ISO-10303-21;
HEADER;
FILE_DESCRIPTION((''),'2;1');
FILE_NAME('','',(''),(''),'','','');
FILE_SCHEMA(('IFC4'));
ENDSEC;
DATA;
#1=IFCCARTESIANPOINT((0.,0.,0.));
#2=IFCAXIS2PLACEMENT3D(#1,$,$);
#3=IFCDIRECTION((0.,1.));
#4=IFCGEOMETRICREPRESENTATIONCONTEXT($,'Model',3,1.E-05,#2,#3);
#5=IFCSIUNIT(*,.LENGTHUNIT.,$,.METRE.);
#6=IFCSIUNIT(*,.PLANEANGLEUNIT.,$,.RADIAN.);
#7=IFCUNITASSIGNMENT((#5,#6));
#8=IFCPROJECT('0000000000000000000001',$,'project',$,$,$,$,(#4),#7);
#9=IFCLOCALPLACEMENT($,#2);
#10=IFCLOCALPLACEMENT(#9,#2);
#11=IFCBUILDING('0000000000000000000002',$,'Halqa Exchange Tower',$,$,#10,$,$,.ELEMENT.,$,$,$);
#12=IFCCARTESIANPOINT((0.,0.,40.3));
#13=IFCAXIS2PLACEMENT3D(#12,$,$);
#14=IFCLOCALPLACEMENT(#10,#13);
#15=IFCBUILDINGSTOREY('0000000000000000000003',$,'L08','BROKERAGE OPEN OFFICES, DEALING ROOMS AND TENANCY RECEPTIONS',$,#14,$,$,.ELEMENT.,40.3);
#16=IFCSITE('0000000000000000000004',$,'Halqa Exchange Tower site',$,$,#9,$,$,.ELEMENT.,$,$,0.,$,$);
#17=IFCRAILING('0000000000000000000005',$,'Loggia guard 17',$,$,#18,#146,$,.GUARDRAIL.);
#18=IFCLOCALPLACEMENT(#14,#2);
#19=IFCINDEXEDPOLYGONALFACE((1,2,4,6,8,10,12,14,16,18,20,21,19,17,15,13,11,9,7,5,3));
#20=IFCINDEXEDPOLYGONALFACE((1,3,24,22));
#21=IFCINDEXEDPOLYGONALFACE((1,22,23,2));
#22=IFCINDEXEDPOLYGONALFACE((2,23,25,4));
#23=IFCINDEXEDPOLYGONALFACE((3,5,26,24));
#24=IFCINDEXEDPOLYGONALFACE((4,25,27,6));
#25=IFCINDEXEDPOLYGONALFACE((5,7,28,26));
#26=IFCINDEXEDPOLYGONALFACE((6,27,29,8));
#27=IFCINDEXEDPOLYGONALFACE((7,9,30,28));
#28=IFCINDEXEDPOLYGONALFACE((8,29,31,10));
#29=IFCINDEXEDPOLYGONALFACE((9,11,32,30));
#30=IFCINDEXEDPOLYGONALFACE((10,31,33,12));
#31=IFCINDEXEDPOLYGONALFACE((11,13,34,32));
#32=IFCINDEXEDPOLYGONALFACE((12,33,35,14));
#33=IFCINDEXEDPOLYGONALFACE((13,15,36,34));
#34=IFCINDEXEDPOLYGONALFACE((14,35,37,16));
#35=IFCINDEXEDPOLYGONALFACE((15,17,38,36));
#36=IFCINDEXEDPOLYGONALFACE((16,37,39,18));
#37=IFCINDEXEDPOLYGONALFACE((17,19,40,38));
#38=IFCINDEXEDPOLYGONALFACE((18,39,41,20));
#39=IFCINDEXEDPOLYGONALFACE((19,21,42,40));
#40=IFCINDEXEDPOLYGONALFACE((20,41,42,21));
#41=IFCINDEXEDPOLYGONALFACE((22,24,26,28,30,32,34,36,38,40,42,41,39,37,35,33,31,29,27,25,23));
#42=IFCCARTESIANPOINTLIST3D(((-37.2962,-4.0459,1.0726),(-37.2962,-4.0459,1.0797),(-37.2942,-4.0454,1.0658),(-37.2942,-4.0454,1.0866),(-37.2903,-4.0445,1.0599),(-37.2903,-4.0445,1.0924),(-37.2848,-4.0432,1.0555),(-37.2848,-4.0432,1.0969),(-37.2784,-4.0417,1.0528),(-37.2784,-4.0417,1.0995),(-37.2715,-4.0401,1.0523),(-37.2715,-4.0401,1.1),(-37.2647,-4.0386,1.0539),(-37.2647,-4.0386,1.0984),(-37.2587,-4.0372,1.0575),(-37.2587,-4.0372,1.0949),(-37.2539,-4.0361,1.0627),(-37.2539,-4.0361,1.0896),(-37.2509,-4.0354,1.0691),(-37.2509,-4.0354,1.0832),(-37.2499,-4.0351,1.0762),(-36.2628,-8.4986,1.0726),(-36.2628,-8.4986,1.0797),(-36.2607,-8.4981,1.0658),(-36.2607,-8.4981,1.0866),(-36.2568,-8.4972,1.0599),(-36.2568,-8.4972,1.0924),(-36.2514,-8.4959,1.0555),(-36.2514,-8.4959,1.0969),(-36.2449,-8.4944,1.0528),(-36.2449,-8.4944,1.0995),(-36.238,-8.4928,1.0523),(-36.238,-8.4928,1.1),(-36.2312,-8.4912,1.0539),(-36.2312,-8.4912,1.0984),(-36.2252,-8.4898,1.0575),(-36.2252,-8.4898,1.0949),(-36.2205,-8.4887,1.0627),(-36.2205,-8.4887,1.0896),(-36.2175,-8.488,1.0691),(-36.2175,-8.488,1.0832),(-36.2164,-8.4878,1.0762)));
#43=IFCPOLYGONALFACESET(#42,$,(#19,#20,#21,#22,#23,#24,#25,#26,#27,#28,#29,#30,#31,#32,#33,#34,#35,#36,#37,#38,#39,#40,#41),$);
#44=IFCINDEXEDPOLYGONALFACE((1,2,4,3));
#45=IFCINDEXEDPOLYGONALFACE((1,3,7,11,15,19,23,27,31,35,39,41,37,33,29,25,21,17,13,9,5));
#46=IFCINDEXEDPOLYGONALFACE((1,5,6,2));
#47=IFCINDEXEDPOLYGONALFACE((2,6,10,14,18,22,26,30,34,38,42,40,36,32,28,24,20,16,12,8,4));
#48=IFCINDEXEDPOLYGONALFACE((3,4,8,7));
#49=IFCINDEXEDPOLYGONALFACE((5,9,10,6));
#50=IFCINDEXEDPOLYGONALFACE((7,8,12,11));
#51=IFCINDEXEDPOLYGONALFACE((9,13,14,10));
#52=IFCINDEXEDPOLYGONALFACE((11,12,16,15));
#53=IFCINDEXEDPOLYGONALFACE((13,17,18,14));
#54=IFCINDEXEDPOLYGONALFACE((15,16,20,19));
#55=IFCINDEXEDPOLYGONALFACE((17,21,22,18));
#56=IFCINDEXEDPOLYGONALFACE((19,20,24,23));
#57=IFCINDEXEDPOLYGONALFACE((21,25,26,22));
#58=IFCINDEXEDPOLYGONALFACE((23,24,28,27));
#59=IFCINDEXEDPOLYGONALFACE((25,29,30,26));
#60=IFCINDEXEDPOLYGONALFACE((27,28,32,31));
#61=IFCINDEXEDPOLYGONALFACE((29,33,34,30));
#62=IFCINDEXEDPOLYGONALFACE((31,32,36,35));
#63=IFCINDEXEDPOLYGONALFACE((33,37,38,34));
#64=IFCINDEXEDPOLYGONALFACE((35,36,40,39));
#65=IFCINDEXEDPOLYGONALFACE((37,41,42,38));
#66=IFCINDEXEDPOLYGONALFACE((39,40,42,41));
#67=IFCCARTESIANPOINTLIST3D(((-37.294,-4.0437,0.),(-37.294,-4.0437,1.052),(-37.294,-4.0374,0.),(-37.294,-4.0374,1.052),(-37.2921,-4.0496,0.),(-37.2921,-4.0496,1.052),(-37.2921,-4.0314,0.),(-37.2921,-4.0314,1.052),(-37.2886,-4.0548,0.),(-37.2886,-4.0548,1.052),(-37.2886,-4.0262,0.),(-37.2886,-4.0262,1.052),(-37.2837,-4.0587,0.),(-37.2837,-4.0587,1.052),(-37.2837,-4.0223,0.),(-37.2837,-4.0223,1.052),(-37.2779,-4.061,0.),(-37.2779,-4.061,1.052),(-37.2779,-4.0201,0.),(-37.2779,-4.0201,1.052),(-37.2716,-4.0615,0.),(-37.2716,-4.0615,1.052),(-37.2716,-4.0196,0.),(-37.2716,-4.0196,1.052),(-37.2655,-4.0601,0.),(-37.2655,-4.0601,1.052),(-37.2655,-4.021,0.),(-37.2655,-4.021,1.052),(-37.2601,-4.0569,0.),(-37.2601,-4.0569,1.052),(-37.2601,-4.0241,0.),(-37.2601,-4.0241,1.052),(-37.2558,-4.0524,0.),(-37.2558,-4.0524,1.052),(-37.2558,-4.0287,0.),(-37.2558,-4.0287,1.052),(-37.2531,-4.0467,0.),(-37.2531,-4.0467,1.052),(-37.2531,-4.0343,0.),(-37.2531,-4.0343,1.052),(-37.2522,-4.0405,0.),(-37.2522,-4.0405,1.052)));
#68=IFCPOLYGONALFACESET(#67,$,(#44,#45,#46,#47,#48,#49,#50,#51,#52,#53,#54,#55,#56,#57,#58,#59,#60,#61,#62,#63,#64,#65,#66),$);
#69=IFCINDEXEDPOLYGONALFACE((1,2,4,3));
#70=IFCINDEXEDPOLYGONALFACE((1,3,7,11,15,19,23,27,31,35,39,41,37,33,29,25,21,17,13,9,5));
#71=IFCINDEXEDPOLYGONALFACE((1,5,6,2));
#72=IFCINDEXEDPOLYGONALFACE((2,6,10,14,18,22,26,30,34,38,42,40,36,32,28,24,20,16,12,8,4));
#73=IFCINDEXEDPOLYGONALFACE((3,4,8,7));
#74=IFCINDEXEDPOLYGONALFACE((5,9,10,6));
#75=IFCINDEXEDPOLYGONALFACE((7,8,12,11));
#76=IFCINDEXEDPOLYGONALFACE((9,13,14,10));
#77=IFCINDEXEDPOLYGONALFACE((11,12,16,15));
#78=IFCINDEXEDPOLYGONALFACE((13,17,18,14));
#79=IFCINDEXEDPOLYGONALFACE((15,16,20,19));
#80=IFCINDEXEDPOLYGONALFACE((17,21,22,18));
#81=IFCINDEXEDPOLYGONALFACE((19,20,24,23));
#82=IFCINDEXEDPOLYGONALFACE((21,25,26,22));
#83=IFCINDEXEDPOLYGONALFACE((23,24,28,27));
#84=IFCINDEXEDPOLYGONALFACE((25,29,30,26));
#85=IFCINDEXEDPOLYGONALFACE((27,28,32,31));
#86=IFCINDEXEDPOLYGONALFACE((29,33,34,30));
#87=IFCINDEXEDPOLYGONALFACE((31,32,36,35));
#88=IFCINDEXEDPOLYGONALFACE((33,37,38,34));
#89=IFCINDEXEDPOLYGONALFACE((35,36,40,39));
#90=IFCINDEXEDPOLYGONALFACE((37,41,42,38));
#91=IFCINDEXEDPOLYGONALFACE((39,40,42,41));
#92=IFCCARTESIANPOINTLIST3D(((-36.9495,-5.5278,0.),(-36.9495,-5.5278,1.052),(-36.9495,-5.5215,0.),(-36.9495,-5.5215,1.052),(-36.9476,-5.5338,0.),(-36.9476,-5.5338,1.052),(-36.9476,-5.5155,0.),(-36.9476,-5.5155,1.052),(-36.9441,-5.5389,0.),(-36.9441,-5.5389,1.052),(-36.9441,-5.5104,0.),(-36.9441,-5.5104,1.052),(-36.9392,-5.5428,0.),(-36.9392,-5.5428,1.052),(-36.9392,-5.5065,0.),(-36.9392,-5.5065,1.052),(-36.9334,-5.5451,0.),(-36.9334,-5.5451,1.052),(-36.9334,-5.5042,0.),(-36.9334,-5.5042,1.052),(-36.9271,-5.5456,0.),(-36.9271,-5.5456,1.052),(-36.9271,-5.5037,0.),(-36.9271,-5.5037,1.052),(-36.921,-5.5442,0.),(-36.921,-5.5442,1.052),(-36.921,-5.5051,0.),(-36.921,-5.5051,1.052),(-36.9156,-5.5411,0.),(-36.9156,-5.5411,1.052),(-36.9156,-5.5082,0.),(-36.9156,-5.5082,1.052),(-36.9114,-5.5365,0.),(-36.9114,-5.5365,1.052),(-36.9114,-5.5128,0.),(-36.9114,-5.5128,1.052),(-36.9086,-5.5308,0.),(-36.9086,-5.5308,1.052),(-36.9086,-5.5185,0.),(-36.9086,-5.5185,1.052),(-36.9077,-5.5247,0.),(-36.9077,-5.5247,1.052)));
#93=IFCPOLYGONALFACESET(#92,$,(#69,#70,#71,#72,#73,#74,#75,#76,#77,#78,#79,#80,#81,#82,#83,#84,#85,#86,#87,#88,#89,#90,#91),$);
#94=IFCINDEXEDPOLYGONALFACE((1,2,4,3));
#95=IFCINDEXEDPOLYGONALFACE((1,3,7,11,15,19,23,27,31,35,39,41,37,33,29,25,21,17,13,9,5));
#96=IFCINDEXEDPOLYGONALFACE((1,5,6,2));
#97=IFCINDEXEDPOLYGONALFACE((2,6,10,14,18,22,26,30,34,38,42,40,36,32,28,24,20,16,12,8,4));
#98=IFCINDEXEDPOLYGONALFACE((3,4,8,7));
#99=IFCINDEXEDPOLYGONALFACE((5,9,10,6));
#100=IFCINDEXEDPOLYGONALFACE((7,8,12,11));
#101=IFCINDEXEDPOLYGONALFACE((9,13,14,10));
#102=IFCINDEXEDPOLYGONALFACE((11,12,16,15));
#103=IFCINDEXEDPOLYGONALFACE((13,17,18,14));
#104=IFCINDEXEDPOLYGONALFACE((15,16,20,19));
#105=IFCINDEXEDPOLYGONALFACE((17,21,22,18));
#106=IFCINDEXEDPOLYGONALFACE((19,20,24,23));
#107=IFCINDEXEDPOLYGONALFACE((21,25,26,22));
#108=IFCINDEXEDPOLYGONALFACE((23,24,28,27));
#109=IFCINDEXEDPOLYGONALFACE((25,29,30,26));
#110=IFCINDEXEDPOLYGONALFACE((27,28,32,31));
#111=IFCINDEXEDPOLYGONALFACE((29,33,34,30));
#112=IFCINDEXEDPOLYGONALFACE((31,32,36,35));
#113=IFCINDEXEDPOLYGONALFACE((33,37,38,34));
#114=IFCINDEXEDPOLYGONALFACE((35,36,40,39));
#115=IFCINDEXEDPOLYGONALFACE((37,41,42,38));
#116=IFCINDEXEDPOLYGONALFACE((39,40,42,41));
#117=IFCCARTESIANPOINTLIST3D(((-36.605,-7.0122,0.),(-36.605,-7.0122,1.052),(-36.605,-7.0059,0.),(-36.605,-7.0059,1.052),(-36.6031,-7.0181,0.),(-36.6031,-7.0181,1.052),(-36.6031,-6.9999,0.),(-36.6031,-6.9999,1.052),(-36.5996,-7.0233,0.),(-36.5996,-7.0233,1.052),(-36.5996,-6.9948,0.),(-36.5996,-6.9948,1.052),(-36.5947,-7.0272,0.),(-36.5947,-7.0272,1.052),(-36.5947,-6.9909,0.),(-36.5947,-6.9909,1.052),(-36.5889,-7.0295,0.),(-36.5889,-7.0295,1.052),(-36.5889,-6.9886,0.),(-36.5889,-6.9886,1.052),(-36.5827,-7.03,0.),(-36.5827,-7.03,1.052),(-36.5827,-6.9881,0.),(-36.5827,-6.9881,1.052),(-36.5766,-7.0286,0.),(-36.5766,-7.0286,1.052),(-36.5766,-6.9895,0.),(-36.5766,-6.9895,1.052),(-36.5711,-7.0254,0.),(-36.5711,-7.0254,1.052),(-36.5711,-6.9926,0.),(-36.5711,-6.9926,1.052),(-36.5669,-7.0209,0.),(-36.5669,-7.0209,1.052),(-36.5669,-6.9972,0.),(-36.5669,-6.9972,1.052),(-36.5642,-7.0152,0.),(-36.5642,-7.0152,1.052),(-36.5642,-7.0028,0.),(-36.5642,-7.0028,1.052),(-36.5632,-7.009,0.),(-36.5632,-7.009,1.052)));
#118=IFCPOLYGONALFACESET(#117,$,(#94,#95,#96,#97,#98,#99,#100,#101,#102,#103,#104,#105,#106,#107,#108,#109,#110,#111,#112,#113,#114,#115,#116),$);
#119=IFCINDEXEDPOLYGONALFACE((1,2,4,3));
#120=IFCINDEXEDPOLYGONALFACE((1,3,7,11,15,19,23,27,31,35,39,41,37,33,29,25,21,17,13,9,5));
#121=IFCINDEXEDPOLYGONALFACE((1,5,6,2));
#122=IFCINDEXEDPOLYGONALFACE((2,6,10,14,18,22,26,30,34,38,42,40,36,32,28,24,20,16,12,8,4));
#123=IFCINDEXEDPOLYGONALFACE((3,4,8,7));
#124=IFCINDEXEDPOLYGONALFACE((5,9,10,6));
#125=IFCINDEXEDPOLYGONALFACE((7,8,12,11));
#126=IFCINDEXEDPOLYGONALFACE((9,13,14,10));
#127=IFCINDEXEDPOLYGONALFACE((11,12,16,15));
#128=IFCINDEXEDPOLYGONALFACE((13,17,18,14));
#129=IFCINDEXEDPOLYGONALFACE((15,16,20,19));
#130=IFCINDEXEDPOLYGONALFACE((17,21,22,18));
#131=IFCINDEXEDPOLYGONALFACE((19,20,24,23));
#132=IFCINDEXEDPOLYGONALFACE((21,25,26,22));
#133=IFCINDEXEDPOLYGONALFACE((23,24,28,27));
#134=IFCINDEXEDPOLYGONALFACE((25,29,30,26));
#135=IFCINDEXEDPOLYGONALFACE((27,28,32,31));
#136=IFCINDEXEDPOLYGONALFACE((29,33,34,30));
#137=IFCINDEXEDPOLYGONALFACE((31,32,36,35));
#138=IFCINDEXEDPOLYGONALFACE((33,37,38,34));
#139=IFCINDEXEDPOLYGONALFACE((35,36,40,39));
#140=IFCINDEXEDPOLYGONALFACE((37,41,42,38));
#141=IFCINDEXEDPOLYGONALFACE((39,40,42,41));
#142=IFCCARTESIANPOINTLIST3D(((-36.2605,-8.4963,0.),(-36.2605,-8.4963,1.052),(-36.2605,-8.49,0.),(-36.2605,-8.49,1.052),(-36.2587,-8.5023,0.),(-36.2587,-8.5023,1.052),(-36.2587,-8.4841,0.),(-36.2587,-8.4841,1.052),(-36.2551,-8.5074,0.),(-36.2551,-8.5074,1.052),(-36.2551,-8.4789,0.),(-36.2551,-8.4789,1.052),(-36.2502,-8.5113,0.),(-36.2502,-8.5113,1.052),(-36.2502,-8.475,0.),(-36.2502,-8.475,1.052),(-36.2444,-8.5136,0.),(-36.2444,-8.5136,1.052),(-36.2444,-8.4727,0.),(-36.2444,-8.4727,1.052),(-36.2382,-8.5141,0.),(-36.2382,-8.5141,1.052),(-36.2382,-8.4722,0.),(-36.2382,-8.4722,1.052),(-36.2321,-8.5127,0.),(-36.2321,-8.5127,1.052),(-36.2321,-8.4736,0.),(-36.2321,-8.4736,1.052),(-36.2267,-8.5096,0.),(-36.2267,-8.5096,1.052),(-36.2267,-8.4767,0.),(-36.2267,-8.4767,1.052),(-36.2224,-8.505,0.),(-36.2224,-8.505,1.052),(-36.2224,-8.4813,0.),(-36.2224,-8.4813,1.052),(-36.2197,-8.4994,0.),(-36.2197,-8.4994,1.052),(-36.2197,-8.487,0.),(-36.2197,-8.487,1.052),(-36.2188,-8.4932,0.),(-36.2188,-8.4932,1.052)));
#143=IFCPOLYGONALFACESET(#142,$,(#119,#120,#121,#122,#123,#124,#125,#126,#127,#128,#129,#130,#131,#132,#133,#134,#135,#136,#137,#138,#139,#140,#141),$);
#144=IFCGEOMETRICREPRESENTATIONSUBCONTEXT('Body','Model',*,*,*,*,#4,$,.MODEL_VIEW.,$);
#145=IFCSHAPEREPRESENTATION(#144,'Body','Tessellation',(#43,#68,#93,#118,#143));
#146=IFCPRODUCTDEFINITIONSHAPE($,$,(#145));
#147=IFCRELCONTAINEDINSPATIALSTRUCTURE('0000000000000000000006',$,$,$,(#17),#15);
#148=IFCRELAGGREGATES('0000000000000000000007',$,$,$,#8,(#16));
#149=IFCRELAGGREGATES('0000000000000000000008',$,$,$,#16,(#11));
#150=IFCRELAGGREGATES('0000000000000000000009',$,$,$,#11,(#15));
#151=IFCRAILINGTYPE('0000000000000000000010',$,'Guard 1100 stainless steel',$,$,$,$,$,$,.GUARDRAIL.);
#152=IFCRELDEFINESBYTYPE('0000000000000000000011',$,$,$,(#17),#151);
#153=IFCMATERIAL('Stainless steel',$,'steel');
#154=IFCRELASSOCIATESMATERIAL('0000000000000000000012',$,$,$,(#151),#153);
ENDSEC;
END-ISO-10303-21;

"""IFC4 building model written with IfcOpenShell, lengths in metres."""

from ifc_helpers import new_model, si_unit, direction, frame, origin, origin_2d, place, context, subcontext, project, spatial, circle, extrude, material, type_object, element, save


model = new_model("IFC4")

# Units and contexts
model_context = context("Model", 3, precision=1e-05, world=origin(), true_north=direction((0.0, 1.0)))
body_context = subcontext(model_context, "Body", "Model", "MODEL_VIEW")
ifc_project = project(units=[si_unit("LENGTHUNIT", "METRE"), si_unit("PLANEANGLEUNIT", "RADIAN")], contexts=[model_context])

# Site, building, storey
site_placement = place(None, origin())
site = spatial("IfcSite", under=ifc_project, at=site_placement, Name="Halqa Exchange Tower site", CompositionType="ELEMENT", RefElevation=0.0)
building_placement = place(site_placement, origin())
building = spatial("IfcBuilding", under=site, at=building_placement, Name="Halqa Exchange Tower", CompositionType="ELEMENT")
storey_placement = place(building_placement, frame((0.0, 0.0, 40.3)))
storey = spatial("IfcBuildingStorey", under=building, at=storey_placement, Name="L08", Description="BROKERAGE OPEN OFFICES, DEALING ROOMS AND TENANCY RECEPTIONS", CompositionType="ELEMENT", Elevation=40.3)

# Railing
ifc_material_1 = material(Name="Stainless steel", Category="steel")
railing_type = type_object("IfcRailingType", Name="Guard 1100 stainless steel", PredefinedType="GUARDRAIL", material=ifc_material_1)
railing_1_placement = place(storey_placement, frame((-37.2732, -4.0405, 0.0)))
element("IfcRailing", 1, at=railing_1_placement, inside=storey, type_object=railing_type, Name="Loggia guard 17", PredefinedType="GUARDRAIL", context=body_context, shape_type="SweptSolid", body=[
    extrude(circle(Radius=0.0239, at=origin_2d()), frame((0.0, 0.0, 1.0762), z_axis=(0.226088, -0.974107, 0.0), x_axis=(0.974107, 0.226088, 0.0)), (0.0, 0.0, 1.0), 4.571),
    extrude(circle(Radius=0.021, at=origin_2d()), origin(), (0.0, 0.0, 1.0), 1.052),
    extrude(circle(Radius=0.021, at=origin_2d()), frame((0.3445, -1.4841, 0.0)), (0.0, 0.0, 1.0), 1.052),
    extrude(circle(Radius=0.021, at=origin_2d()), frame((0.689, -2.9685, 0.0)), (0.0, 0.0, 1.0), 1.052),
    extrude(circle(Radius=0.021, at=origin_2d()), frame((1.0334, -4.4526, 0.0)), (0.0, 0.0, 1.0), 1.052),
])

save(model, "model.ifc")
